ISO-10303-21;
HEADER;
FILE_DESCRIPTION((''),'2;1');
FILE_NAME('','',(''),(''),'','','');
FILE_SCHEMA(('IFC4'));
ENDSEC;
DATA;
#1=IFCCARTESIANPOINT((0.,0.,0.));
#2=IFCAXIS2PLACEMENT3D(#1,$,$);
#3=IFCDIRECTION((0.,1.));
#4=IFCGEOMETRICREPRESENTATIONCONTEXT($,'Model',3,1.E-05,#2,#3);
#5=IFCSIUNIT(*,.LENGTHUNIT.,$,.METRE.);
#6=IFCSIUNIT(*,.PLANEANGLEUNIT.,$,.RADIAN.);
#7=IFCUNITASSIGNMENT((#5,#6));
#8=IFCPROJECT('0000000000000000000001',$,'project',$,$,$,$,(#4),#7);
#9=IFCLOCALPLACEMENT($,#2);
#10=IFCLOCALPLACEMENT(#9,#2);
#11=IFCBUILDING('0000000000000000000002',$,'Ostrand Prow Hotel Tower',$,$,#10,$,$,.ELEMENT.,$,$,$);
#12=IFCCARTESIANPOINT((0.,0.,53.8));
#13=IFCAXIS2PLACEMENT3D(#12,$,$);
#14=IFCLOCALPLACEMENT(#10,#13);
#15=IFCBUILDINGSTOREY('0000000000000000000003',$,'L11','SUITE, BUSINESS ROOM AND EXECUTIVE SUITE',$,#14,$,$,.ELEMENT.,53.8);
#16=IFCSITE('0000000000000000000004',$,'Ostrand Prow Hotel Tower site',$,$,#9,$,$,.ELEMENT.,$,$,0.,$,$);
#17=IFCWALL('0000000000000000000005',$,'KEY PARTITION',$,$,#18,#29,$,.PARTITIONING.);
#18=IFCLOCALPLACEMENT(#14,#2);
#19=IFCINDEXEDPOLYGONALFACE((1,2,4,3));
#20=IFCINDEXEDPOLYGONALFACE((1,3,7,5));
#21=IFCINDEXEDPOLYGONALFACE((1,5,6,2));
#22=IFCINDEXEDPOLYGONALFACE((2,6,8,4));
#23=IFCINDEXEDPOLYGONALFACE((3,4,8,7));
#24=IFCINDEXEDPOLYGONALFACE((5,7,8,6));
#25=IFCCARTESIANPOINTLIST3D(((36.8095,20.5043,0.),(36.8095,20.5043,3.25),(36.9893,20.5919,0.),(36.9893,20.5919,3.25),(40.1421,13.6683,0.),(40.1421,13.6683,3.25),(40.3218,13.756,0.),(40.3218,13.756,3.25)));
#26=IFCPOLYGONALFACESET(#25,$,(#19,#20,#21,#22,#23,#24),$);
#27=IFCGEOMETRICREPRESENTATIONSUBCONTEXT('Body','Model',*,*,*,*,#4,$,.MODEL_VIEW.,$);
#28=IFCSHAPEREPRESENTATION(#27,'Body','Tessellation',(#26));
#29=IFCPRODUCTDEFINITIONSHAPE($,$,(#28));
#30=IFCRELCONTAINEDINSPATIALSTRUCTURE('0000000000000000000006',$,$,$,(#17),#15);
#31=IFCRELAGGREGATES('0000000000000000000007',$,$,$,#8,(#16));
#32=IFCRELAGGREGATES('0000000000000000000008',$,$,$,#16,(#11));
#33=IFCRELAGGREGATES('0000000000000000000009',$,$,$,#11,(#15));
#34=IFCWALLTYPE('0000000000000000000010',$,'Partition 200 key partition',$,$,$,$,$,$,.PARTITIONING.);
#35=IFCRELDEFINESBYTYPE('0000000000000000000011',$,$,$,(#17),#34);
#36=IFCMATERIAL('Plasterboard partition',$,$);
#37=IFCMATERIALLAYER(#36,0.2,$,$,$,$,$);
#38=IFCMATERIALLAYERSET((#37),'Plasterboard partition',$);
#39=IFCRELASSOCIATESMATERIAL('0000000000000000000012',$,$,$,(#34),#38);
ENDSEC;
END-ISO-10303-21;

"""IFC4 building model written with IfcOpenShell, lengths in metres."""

from ifc_helpers import new_model, si_unit, direction, frame, frame_2d, origin, place, context, subcontext, project, spatial, rectangle, extrude, material, layer, layer_set, type_object, element, save


model = new_model("IFC4")

# Units and contexts
model_context = context("Model", 3, precision=1e-05, world=origin(), true_north=direction((0.0, 1.0)))
body_context = subcontext(model_context, "Body", "Model", "MODEL_VIEW")
ifc_project = project(units=[si_unit("LENGTHUNIT", "METRE"), si_unit("PLANEANGLEUNIT", "RADIAN")], contexts=[model_context])

# Site, building, storey
site_placement = place(None, origin())
site = spatial("IfcSite", under=ifc_project, at=site_placement, Name="Ostrand Prow Hotel Tower site", CompositionType="ELEMENT", RefElevation=0.0)
building_placement = place(site_placement, origin())
building = spatial("IfcBuilding", under=site, at=building_placement, Name="Ostrand Prow Hotel Tower", CompositionType="ELEMENT")
storey_placement = place(building_placement, frame((0.0, 0.0, 53.8)))
storey = spatial("IfcBuildingStorey", under=building, at=storey_placement, Name="L11", Description="SUITE, BUSINESS ROOM AND EXECUTIVE SUITE", CompositionType="ELEMENT", Elevation=53.8)

# Wall
ifc_material_1 = material(Name="Plasterboard partition")
ifc_layer_1 = layer(ifc_material_1, 0.2)
ifc_layer_set_1 = layer_set([ifc_layer_1], Name="Plasterboard partition")
wall_type_1 = type_object("IfcWallType", Name="Partition 200 key partition", PredefinedType="PARTITIONING", material=ifc_layer_set_1)
wall_1_placement = place(storey_placement, frame((40.2319, 13.7122, 0.0), z_axis=(0.0, 0.0, 1.0), x_axis=(-0.438202, 0.898876, 0.0)))
element("IfcWall", 1, at=wall_1_placement, inside=storey, type_object=wall_type_1, Name="KEY PARTITION", PredefinedType="PARTITIONING", context=body_context, shape_type="SweptSolid", body=[
    extrude(rectangle(XDim=7.605, YDim=0.2, at=frame_2d((3.8025, 0.0))), origin(), (0.0, 0.0, 1.0), 3.25),
])

save(model, "model.ifc")
